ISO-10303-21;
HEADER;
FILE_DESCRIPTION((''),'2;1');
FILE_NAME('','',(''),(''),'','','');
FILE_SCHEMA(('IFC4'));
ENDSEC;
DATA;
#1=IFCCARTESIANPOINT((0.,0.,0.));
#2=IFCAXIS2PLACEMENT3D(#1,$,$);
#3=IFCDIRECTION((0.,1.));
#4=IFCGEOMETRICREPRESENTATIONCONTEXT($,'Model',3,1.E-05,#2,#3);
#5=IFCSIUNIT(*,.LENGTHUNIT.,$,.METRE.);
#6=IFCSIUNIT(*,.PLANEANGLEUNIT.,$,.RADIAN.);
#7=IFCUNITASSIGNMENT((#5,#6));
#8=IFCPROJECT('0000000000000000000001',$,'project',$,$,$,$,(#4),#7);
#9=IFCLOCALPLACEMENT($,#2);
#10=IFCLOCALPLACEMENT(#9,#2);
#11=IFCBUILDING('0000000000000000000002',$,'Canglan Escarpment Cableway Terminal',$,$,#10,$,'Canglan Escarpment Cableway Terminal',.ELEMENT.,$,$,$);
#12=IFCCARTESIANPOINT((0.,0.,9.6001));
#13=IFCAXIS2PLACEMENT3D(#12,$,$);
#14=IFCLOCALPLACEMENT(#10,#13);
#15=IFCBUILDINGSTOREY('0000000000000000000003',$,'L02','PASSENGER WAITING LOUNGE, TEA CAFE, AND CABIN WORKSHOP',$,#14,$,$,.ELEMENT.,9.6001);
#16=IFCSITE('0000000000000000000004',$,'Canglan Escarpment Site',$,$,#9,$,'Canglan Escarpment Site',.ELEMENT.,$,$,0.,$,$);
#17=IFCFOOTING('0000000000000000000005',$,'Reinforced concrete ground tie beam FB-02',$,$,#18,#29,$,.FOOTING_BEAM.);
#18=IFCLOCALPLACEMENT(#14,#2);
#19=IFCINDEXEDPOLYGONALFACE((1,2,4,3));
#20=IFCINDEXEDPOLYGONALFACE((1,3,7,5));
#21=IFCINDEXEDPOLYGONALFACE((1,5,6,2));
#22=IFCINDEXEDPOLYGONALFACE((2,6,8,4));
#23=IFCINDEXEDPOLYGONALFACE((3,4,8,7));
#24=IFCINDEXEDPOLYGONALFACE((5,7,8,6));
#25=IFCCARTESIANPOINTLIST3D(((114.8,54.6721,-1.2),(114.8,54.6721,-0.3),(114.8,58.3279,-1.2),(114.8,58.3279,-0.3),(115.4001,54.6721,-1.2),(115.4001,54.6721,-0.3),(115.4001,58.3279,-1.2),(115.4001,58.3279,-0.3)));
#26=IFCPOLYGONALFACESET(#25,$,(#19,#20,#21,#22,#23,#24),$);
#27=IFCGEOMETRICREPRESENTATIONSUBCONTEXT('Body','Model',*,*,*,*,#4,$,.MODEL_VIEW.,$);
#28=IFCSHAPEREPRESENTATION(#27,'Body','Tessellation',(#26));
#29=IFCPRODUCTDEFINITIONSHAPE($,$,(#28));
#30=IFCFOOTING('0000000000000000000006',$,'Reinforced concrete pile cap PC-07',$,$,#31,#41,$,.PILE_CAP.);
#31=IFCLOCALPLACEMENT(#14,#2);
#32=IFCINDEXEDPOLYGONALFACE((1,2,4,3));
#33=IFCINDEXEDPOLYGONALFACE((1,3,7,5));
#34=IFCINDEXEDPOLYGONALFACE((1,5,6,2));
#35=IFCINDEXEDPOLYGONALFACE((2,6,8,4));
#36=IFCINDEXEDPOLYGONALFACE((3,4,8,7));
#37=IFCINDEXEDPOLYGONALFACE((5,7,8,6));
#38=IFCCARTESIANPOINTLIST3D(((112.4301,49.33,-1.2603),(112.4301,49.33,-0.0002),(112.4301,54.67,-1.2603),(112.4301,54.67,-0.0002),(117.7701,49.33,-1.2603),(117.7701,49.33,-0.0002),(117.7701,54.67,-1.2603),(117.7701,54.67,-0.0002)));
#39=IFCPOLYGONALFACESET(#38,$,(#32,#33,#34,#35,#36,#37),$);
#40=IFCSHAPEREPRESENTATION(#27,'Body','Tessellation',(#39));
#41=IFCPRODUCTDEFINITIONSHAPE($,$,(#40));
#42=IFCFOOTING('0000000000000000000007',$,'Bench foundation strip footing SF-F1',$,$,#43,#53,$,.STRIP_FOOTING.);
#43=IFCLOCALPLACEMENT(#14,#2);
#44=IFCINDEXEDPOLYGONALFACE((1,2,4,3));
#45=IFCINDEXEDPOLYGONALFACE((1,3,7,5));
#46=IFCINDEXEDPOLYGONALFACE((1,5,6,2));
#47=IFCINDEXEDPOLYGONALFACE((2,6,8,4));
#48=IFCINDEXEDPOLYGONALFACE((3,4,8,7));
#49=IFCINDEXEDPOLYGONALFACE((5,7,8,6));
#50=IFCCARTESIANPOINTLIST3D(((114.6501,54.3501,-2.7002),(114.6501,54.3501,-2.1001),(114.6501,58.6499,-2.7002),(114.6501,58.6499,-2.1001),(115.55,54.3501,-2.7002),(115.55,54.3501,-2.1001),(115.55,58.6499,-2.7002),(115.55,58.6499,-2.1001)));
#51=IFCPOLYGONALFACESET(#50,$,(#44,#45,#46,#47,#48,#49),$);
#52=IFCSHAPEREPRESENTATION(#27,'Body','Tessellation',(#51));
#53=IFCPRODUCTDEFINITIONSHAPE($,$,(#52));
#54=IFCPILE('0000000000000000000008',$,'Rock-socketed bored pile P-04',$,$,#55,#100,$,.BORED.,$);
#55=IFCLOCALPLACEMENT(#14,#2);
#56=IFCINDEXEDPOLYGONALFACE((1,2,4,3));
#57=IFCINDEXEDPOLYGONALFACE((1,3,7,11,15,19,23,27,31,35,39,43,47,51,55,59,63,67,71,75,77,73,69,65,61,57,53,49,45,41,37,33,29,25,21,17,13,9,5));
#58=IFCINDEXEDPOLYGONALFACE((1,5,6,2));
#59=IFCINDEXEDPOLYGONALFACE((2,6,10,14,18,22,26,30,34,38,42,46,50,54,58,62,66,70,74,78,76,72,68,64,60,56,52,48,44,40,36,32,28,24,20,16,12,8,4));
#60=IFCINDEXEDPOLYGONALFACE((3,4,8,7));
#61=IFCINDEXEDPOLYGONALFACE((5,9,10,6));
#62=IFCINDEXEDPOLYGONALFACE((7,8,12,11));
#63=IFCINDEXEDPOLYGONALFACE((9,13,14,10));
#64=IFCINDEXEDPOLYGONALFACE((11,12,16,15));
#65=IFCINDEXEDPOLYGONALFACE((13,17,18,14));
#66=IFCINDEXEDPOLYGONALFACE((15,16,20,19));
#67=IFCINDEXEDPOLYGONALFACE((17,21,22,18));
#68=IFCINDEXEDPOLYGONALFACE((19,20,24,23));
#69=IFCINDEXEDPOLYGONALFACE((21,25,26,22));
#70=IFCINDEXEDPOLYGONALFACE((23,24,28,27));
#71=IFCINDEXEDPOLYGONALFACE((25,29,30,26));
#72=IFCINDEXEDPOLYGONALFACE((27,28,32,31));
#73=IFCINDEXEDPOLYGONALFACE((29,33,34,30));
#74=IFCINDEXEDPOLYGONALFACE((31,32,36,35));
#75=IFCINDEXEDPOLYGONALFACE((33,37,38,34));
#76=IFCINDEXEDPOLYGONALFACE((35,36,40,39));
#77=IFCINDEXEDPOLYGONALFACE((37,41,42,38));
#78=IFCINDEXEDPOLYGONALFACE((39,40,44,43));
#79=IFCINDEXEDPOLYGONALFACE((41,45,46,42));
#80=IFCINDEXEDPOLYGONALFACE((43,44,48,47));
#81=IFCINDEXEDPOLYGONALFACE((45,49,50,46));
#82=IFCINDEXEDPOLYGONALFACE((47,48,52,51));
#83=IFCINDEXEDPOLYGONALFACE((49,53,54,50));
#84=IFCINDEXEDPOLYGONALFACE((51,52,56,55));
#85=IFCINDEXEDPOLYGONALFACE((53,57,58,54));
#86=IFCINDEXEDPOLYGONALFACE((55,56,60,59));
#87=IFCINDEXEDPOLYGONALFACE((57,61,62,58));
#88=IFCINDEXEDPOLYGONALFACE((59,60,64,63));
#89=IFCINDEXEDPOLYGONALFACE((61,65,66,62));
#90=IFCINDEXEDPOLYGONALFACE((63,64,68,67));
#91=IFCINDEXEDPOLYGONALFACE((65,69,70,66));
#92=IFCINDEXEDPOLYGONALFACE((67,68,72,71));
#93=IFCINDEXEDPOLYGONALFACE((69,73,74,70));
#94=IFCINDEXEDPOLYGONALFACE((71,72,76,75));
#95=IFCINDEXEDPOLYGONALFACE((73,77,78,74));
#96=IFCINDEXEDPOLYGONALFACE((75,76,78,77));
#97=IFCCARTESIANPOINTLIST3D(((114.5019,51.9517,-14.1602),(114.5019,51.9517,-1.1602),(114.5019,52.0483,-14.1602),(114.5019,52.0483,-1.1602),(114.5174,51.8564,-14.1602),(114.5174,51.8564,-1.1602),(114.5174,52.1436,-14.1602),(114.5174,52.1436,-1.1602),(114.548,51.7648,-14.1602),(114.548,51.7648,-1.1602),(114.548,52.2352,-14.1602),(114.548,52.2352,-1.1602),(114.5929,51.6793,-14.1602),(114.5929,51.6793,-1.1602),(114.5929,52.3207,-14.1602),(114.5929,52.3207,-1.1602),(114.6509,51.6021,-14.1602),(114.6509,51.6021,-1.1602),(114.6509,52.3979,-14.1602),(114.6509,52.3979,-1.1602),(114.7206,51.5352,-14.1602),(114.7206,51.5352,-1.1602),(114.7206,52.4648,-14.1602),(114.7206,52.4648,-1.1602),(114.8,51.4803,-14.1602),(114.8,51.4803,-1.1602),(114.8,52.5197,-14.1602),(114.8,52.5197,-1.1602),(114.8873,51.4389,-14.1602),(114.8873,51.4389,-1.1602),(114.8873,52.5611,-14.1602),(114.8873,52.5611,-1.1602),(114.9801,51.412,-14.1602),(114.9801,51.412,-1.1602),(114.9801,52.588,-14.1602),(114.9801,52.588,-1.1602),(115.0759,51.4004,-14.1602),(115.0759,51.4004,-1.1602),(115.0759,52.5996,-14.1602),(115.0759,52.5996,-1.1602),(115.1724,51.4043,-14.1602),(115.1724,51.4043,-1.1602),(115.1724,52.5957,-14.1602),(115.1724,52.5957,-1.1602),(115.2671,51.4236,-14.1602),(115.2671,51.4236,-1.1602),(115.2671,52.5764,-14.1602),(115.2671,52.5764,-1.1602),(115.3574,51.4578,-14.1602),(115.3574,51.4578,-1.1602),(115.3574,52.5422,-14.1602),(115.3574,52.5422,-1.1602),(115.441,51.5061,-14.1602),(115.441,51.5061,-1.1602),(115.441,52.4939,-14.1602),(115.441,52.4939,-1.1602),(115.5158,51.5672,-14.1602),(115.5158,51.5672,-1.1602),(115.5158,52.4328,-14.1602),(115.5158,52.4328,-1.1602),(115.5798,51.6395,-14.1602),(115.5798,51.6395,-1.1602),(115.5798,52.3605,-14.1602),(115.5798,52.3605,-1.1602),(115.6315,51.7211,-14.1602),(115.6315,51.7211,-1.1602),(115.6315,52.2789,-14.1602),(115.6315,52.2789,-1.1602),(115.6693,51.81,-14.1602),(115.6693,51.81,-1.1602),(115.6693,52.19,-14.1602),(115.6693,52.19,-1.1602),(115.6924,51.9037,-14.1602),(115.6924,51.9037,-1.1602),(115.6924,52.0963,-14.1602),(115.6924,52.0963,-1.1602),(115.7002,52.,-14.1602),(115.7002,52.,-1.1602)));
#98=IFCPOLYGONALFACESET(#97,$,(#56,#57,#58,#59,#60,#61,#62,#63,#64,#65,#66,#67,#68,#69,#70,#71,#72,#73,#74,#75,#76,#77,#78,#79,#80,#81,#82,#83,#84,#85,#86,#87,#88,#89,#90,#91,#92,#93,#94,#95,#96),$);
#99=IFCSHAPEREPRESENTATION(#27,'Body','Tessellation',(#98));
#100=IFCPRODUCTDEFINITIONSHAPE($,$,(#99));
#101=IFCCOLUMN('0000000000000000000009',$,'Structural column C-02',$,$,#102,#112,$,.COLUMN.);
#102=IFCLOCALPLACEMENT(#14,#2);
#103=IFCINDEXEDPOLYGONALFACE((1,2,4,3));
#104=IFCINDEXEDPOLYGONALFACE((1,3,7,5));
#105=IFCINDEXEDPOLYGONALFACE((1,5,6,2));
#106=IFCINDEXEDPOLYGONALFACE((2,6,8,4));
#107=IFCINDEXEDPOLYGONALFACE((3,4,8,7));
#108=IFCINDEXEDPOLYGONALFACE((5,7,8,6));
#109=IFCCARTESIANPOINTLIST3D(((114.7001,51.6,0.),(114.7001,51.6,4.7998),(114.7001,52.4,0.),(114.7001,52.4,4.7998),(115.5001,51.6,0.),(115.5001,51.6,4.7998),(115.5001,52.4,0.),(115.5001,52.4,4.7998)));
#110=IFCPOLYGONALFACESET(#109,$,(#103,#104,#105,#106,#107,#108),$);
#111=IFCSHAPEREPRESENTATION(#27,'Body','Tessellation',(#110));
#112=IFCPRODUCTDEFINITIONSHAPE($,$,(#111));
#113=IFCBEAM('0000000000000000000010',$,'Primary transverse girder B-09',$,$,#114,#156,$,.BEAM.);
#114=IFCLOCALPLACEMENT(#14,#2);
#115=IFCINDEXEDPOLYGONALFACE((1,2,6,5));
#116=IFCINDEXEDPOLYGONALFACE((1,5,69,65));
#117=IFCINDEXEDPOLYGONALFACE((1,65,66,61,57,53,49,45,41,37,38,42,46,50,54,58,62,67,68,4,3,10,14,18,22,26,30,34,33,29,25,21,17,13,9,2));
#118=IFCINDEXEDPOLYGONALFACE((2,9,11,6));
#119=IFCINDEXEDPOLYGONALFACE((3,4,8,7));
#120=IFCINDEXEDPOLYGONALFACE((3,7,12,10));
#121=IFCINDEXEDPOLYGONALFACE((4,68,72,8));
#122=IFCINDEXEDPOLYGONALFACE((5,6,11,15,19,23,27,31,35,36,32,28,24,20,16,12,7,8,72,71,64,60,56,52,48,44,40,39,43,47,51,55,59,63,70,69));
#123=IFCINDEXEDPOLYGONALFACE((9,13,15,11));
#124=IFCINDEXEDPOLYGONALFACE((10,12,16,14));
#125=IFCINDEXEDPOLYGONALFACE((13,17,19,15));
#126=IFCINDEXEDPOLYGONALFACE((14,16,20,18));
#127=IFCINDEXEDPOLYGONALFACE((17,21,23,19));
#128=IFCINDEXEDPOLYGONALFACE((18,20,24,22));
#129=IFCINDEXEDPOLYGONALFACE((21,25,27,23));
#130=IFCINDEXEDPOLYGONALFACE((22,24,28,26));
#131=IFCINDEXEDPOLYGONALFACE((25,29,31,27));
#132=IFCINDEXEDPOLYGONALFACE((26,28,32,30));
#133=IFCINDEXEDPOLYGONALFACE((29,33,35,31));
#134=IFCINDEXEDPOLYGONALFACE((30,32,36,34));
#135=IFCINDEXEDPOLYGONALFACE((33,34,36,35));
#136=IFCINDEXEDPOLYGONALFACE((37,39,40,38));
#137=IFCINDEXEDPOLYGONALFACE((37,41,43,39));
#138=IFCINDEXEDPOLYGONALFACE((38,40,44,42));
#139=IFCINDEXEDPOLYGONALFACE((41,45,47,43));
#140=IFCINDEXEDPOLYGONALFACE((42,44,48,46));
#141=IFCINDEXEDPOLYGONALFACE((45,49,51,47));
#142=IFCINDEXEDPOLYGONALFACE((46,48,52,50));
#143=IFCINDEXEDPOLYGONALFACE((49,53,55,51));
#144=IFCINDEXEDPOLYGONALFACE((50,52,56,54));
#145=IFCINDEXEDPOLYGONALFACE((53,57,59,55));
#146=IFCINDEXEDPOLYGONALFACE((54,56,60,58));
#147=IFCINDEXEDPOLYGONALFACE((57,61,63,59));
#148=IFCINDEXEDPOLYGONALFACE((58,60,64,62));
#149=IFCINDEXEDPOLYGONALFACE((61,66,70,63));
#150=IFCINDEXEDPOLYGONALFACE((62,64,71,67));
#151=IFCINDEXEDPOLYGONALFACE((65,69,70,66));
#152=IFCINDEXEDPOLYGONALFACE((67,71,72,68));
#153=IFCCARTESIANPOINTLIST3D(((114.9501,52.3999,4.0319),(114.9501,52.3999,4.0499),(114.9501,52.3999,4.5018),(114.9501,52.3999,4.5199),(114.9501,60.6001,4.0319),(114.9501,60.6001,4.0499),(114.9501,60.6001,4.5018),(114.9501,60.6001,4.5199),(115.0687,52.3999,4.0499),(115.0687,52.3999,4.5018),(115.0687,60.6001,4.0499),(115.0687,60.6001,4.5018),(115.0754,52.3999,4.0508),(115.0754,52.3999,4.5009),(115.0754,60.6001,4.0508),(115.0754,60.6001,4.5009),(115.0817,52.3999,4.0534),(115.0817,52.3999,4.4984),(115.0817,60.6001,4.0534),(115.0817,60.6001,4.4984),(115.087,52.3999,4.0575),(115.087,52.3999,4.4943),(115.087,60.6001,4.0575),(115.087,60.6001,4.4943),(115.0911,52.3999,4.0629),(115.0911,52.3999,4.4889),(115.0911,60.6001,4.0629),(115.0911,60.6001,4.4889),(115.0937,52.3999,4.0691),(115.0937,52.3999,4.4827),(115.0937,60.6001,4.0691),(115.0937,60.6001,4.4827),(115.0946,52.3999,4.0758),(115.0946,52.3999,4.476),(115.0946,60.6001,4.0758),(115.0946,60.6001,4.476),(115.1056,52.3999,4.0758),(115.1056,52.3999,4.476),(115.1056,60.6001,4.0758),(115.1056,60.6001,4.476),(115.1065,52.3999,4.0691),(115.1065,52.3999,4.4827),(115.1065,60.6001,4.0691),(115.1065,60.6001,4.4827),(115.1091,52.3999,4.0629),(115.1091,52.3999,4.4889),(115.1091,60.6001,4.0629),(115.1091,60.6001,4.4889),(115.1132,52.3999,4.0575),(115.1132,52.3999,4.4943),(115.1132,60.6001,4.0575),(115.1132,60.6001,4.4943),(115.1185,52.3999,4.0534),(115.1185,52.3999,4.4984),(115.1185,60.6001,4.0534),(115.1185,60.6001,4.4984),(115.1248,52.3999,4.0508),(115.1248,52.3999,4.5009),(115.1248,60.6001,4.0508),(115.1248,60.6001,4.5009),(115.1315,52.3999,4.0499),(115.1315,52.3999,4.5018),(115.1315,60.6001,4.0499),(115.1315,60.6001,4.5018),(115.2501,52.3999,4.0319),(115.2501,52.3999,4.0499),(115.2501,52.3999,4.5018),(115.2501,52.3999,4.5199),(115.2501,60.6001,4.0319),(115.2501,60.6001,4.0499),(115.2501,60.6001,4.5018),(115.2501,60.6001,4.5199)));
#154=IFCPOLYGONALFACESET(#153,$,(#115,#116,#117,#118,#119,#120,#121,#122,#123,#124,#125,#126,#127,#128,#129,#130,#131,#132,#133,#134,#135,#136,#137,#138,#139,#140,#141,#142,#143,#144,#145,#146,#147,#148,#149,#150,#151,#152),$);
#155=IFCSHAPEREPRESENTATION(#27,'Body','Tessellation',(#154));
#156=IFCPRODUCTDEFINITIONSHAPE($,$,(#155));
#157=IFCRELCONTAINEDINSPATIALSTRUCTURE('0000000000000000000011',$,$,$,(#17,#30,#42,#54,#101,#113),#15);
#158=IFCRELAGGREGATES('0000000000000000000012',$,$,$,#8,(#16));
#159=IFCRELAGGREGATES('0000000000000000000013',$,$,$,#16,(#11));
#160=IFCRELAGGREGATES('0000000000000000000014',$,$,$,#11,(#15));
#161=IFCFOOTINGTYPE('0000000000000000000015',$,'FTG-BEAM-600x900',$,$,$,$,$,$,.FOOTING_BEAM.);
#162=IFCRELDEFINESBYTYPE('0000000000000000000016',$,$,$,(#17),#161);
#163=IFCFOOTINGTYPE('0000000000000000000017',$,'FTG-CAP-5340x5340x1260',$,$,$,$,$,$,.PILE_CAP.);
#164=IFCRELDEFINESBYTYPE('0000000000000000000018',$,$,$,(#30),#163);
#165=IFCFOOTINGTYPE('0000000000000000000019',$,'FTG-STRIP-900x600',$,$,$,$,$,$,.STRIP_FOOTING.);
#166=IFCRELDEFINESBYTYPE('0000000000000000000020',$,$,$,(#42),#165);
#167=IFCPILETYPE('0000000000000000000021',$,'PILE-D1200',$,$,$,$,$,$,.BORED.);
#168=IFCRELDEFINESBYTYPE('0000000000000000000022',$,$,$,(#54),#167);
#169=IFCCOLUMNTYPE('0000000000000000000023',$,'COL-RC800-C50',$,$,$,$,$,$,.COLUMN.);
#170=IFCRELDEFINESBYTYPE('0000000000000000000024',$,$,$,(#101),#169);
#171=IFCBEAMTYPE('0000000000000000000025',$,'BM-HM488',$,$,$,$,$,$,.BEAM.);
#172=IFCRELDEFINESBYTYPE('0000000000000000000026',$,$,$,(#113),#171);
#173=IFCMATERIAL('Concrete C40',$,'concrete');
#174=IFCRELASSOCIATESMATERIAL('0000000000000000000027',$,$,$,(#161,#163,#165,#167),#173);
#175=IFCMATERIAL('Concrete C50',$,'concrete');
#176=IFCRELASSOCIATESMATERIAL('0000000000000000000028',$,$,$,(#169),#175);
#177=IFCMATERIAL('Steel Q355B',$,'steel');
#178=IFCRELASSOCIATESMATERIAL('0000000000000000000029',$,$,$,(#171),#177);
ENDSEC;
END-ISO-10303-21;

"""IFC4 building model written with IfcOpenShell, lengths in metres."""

from ifc_helpers import new_model, si_unit, direction, frame, origin, origin_2d, place, context, subcontext, project, spatial, rectangle, circle, i_section, extrude, material, material_profile, profile_set, type_object, element, save


model = new_model("IFC4")

# Units and contexts
model_context = context("Model", 3, precision=1e-05, world=origin(), true_north=direction((0.0, 1.0)))
body_context = subcontext(model_context, "Body", "Model", "MODEL_VIEW")
ifc_project = project(units=[si_unit("LENGTHUNIT", "METRE"), si_unit("PLANEANGLEUNIT", "RADIAN")], contexts=[model_context])

# Site, building, storey
site_placement = place(None, origin())
site = spatial("IfcSite", under=ifc_project, at=site_placement, Name="Canglan Escarpment Site", LongName="Canglan Escarpment Site", CompositionType="ELEMENT", RefElevation=0.0)
building_placement = place(site_placement, origin())
building = spatial("IfcBuilding", under=site, at=building_placement, Name="Canglan Escarpment Cableway Terminal", LongName="Canglan Escarpment Cableway Terminal", CompositionType="ELEMENT")
storey_placement = place(building_placement, frame((0.0, 0.0, 9.6001)))
storey = spatial("IfcBuildingStorey", under=building, at=storey_placement, Name="L02", Description="PASSENGER WAITING LOUNGE, TEA CAFE, AND CABIN WORKSHOP", CompositionType="ELEMENT", Elevation=9.6001)

# Footings
ifc_material_1 = material(Name="Concrete C40", Category="concrete")
ifc_material_profile_1 = material_profile(ifc_material_1, rectangle(XDim=0.6001, YDim=0.8999, at=origin_2d()), Name="FB 600x900")
ifc_profile_set_1 = profile_set([ifc_material_profile_1], Name="Concrete C40")
footing_type_1 = type_object("IfcFootingType", Name="FTG-BEAM-600x900", PredefinedType="FOOTING_BEAM", material=ifc_profile_set_1)
footing_1_placement = place(storey_placement, frame((115.1001, 54.6721, -0.75), z_axis=(0.0, 1.0, 0.0), x_axis=(-1.0, 0.0, 0.0)))
element("IfcFooting", 1, at=footing_1_placement, inside=storey, type_object=footing_type_1, Name="Reinforced concrete ground tie beam FB-02", PredefinedType="FOOTING_BEAM", context=body_context, shape_type="SweptSolid", body=[
    extrude(rectangle(XDim=0.6001, YDim=0.8999, at=origin_2d()), origin(), (0.0, 0.0, 1.0), 3.6558),
])
footing_type_2 = type_object("IfcFootingType", Name="FTG-CAP-5340x5340x1260", PredefinedType="PILE_CAP", material=ifc_material_1)
footing_2_placement = place(storey_placement, frame((115.1001, 52.0, -1.2603), z_axis=(0.0, 0.0, 1.0), x_axis=(1.0, 0.0, 0.0)))
element("IfcFooting", 2, at=footing_2_placement, inside=storey, type_object=footing_type_2, Name="Reinforced concrete pile cap PC-07", PredefinedType="PILE_CAP", context=body_context, shape_type="SweptSolid", body=[
    extrude(rectangle(XDim=5.3401, YDim=5.3401, at=origin_2d()), origin(), (0.0, 0.0, 1.0), 1.26),
])
ifc_material_profile_2 = material_profile(ifc_material_1, rectangle(XDim=0.8999, YDim=0.6001, at=origin_2d()), Name="SF 900x600")
ifc_profile_set_2 = profile_set([ifc_material_profile_2], Name="Concrete C40")
footing_type_3 = type_object("IfcFootingType", Name="FTG-STRIP-900x600", PredefinedType="STRIP_FOOTING", material=ifc_profile_set_2)
footing_3_placement = place(storey_placement, frame((115.1001, 54.3501, -2.4001), z_axis=(0.0, 1.0, 0.0), x_axis=(-1.0, 0.0, 0.0)))
element("IfcFooting", 3, at=footing_3_placement, inside=storey, type_object=footing_type_3, Name="Bench foundation strip footing SF-F1", PredefinedType="STRIP_FOOTING", context=body_context, shape_type="SweptSolid", body=[
    extrude(rectangle(XDim=0.8999, YDim=0.6001, at=origin_2d()), origin(), (0.0, 0.0, 1.0), 4.2998),
])

# Pile
ifc_material_profile_3 = material_profile(ifc_material_1, circle(Radius=0.6001, at=origin_2d()), Name="BORED PILE D1200")
ifc_profile_set_3 = profile_set([ifc_material_profile_3], Name="Concrete C40")
pile_type = type_object("IfcPileType", Name="PILE-D1200", PredefinedType="BORED", material=ifc_profile_set_3)
pile_placement = place(storey_placement, frame((115.1001, 52.0, -1.1602), z_axis=(0.0, 0.0, -1.0), x_axis=(1.0, 0.0, 0.0)))
element("IfcPile", 4, at=pile_placement, inside=storey, type_object=pile_type, Name="Rock-socketed bored pile P-04", PredefinedType="BORED", context=body_context, shape_type="SweptSolid", body=[
    extrude(circle(Radius=0.6001, at=origin_2d()), origin(), (0.0, 0.0, 1.0), 13.0),
])

# Column
ifc_material_2 = material(Name="Concrete C50", Category="concrete")
ifc_material_profile_4 = material_profile(ifc_material_2, rectangle(XDim=0.8, YDim=0.8, at=origin_2d()), Name="RC 800x800")
ifc_profile_set_4 = profile_set([ifc_material_profile_4], Name="Concrete C50")
column_type = type_object("IfcColumnType", Name="COL-RC800-C50", PredefinedType="COLUMN", material=ifc_profile_set_4)
column_placement = place(storey_placement, frame((115.1001, 52.0, 0.0), z_axis=(0.0, 0.0, 1.0), x_axis=(1.0, 0.0, 0.0)))
element("IfcColumn", 5, at=column_placement, inside=storey, type_object=column_type, Name="Structural column C-02", PredefinedType="COLUMN", context=body_context, shape_type="SweptSolid", body=[
    extrude(rectangle(XDim=0.8, YDim=0.8, at=origin_2d()), origin(), (0.0, 0.0, 1.0), 4.7998),
])

# Beam
ifc_material_3 = material(Name="Steel Q355B", Category="steel")
ifc_material_profile_5 = material_profile(ifc_material_3, i_section(OverallWidth=0.3, OverallDepth=0.488, WebThickness=0.011, FlangeThickness=0.0181, FilletRadius=0.0259, at=origin_2d()), Name="HM 488x300x11x18")
ifc_profile_set_5 = profile_set([ifc_material_profile_5], Name="Steel Q355B")
beam_type = type_object("IfcBeamType", Name="BM-HM488", PredefinedType="BEAM", material=ifc_profile_set_5)
beam_placement = place(storey_placement, frame((115.1001, 52.3999, 4.2759), z_axis=(0.0, 1.0, 0.0), x_axis=(-1.0, 0.0, 0.0)))
element("IfcBeam", 6, at=beam_placement, inside=storey, type_object=beam_type, Name="Primary transverse girder B-09", PredefinedType="BEAM", context=body_context, shape_type="SweptSolid", body=[
    extrude(i_section(OverallWidth=0.3, OverallDepth=0.488, WebThickness=0.011, FlangeThickness=0.0181, FilletRadius=0.0259, at=origin_2d()), origin(), (0.0, 0.0, 1.0), 8.2002),
])

save(model, "model.ifc")
